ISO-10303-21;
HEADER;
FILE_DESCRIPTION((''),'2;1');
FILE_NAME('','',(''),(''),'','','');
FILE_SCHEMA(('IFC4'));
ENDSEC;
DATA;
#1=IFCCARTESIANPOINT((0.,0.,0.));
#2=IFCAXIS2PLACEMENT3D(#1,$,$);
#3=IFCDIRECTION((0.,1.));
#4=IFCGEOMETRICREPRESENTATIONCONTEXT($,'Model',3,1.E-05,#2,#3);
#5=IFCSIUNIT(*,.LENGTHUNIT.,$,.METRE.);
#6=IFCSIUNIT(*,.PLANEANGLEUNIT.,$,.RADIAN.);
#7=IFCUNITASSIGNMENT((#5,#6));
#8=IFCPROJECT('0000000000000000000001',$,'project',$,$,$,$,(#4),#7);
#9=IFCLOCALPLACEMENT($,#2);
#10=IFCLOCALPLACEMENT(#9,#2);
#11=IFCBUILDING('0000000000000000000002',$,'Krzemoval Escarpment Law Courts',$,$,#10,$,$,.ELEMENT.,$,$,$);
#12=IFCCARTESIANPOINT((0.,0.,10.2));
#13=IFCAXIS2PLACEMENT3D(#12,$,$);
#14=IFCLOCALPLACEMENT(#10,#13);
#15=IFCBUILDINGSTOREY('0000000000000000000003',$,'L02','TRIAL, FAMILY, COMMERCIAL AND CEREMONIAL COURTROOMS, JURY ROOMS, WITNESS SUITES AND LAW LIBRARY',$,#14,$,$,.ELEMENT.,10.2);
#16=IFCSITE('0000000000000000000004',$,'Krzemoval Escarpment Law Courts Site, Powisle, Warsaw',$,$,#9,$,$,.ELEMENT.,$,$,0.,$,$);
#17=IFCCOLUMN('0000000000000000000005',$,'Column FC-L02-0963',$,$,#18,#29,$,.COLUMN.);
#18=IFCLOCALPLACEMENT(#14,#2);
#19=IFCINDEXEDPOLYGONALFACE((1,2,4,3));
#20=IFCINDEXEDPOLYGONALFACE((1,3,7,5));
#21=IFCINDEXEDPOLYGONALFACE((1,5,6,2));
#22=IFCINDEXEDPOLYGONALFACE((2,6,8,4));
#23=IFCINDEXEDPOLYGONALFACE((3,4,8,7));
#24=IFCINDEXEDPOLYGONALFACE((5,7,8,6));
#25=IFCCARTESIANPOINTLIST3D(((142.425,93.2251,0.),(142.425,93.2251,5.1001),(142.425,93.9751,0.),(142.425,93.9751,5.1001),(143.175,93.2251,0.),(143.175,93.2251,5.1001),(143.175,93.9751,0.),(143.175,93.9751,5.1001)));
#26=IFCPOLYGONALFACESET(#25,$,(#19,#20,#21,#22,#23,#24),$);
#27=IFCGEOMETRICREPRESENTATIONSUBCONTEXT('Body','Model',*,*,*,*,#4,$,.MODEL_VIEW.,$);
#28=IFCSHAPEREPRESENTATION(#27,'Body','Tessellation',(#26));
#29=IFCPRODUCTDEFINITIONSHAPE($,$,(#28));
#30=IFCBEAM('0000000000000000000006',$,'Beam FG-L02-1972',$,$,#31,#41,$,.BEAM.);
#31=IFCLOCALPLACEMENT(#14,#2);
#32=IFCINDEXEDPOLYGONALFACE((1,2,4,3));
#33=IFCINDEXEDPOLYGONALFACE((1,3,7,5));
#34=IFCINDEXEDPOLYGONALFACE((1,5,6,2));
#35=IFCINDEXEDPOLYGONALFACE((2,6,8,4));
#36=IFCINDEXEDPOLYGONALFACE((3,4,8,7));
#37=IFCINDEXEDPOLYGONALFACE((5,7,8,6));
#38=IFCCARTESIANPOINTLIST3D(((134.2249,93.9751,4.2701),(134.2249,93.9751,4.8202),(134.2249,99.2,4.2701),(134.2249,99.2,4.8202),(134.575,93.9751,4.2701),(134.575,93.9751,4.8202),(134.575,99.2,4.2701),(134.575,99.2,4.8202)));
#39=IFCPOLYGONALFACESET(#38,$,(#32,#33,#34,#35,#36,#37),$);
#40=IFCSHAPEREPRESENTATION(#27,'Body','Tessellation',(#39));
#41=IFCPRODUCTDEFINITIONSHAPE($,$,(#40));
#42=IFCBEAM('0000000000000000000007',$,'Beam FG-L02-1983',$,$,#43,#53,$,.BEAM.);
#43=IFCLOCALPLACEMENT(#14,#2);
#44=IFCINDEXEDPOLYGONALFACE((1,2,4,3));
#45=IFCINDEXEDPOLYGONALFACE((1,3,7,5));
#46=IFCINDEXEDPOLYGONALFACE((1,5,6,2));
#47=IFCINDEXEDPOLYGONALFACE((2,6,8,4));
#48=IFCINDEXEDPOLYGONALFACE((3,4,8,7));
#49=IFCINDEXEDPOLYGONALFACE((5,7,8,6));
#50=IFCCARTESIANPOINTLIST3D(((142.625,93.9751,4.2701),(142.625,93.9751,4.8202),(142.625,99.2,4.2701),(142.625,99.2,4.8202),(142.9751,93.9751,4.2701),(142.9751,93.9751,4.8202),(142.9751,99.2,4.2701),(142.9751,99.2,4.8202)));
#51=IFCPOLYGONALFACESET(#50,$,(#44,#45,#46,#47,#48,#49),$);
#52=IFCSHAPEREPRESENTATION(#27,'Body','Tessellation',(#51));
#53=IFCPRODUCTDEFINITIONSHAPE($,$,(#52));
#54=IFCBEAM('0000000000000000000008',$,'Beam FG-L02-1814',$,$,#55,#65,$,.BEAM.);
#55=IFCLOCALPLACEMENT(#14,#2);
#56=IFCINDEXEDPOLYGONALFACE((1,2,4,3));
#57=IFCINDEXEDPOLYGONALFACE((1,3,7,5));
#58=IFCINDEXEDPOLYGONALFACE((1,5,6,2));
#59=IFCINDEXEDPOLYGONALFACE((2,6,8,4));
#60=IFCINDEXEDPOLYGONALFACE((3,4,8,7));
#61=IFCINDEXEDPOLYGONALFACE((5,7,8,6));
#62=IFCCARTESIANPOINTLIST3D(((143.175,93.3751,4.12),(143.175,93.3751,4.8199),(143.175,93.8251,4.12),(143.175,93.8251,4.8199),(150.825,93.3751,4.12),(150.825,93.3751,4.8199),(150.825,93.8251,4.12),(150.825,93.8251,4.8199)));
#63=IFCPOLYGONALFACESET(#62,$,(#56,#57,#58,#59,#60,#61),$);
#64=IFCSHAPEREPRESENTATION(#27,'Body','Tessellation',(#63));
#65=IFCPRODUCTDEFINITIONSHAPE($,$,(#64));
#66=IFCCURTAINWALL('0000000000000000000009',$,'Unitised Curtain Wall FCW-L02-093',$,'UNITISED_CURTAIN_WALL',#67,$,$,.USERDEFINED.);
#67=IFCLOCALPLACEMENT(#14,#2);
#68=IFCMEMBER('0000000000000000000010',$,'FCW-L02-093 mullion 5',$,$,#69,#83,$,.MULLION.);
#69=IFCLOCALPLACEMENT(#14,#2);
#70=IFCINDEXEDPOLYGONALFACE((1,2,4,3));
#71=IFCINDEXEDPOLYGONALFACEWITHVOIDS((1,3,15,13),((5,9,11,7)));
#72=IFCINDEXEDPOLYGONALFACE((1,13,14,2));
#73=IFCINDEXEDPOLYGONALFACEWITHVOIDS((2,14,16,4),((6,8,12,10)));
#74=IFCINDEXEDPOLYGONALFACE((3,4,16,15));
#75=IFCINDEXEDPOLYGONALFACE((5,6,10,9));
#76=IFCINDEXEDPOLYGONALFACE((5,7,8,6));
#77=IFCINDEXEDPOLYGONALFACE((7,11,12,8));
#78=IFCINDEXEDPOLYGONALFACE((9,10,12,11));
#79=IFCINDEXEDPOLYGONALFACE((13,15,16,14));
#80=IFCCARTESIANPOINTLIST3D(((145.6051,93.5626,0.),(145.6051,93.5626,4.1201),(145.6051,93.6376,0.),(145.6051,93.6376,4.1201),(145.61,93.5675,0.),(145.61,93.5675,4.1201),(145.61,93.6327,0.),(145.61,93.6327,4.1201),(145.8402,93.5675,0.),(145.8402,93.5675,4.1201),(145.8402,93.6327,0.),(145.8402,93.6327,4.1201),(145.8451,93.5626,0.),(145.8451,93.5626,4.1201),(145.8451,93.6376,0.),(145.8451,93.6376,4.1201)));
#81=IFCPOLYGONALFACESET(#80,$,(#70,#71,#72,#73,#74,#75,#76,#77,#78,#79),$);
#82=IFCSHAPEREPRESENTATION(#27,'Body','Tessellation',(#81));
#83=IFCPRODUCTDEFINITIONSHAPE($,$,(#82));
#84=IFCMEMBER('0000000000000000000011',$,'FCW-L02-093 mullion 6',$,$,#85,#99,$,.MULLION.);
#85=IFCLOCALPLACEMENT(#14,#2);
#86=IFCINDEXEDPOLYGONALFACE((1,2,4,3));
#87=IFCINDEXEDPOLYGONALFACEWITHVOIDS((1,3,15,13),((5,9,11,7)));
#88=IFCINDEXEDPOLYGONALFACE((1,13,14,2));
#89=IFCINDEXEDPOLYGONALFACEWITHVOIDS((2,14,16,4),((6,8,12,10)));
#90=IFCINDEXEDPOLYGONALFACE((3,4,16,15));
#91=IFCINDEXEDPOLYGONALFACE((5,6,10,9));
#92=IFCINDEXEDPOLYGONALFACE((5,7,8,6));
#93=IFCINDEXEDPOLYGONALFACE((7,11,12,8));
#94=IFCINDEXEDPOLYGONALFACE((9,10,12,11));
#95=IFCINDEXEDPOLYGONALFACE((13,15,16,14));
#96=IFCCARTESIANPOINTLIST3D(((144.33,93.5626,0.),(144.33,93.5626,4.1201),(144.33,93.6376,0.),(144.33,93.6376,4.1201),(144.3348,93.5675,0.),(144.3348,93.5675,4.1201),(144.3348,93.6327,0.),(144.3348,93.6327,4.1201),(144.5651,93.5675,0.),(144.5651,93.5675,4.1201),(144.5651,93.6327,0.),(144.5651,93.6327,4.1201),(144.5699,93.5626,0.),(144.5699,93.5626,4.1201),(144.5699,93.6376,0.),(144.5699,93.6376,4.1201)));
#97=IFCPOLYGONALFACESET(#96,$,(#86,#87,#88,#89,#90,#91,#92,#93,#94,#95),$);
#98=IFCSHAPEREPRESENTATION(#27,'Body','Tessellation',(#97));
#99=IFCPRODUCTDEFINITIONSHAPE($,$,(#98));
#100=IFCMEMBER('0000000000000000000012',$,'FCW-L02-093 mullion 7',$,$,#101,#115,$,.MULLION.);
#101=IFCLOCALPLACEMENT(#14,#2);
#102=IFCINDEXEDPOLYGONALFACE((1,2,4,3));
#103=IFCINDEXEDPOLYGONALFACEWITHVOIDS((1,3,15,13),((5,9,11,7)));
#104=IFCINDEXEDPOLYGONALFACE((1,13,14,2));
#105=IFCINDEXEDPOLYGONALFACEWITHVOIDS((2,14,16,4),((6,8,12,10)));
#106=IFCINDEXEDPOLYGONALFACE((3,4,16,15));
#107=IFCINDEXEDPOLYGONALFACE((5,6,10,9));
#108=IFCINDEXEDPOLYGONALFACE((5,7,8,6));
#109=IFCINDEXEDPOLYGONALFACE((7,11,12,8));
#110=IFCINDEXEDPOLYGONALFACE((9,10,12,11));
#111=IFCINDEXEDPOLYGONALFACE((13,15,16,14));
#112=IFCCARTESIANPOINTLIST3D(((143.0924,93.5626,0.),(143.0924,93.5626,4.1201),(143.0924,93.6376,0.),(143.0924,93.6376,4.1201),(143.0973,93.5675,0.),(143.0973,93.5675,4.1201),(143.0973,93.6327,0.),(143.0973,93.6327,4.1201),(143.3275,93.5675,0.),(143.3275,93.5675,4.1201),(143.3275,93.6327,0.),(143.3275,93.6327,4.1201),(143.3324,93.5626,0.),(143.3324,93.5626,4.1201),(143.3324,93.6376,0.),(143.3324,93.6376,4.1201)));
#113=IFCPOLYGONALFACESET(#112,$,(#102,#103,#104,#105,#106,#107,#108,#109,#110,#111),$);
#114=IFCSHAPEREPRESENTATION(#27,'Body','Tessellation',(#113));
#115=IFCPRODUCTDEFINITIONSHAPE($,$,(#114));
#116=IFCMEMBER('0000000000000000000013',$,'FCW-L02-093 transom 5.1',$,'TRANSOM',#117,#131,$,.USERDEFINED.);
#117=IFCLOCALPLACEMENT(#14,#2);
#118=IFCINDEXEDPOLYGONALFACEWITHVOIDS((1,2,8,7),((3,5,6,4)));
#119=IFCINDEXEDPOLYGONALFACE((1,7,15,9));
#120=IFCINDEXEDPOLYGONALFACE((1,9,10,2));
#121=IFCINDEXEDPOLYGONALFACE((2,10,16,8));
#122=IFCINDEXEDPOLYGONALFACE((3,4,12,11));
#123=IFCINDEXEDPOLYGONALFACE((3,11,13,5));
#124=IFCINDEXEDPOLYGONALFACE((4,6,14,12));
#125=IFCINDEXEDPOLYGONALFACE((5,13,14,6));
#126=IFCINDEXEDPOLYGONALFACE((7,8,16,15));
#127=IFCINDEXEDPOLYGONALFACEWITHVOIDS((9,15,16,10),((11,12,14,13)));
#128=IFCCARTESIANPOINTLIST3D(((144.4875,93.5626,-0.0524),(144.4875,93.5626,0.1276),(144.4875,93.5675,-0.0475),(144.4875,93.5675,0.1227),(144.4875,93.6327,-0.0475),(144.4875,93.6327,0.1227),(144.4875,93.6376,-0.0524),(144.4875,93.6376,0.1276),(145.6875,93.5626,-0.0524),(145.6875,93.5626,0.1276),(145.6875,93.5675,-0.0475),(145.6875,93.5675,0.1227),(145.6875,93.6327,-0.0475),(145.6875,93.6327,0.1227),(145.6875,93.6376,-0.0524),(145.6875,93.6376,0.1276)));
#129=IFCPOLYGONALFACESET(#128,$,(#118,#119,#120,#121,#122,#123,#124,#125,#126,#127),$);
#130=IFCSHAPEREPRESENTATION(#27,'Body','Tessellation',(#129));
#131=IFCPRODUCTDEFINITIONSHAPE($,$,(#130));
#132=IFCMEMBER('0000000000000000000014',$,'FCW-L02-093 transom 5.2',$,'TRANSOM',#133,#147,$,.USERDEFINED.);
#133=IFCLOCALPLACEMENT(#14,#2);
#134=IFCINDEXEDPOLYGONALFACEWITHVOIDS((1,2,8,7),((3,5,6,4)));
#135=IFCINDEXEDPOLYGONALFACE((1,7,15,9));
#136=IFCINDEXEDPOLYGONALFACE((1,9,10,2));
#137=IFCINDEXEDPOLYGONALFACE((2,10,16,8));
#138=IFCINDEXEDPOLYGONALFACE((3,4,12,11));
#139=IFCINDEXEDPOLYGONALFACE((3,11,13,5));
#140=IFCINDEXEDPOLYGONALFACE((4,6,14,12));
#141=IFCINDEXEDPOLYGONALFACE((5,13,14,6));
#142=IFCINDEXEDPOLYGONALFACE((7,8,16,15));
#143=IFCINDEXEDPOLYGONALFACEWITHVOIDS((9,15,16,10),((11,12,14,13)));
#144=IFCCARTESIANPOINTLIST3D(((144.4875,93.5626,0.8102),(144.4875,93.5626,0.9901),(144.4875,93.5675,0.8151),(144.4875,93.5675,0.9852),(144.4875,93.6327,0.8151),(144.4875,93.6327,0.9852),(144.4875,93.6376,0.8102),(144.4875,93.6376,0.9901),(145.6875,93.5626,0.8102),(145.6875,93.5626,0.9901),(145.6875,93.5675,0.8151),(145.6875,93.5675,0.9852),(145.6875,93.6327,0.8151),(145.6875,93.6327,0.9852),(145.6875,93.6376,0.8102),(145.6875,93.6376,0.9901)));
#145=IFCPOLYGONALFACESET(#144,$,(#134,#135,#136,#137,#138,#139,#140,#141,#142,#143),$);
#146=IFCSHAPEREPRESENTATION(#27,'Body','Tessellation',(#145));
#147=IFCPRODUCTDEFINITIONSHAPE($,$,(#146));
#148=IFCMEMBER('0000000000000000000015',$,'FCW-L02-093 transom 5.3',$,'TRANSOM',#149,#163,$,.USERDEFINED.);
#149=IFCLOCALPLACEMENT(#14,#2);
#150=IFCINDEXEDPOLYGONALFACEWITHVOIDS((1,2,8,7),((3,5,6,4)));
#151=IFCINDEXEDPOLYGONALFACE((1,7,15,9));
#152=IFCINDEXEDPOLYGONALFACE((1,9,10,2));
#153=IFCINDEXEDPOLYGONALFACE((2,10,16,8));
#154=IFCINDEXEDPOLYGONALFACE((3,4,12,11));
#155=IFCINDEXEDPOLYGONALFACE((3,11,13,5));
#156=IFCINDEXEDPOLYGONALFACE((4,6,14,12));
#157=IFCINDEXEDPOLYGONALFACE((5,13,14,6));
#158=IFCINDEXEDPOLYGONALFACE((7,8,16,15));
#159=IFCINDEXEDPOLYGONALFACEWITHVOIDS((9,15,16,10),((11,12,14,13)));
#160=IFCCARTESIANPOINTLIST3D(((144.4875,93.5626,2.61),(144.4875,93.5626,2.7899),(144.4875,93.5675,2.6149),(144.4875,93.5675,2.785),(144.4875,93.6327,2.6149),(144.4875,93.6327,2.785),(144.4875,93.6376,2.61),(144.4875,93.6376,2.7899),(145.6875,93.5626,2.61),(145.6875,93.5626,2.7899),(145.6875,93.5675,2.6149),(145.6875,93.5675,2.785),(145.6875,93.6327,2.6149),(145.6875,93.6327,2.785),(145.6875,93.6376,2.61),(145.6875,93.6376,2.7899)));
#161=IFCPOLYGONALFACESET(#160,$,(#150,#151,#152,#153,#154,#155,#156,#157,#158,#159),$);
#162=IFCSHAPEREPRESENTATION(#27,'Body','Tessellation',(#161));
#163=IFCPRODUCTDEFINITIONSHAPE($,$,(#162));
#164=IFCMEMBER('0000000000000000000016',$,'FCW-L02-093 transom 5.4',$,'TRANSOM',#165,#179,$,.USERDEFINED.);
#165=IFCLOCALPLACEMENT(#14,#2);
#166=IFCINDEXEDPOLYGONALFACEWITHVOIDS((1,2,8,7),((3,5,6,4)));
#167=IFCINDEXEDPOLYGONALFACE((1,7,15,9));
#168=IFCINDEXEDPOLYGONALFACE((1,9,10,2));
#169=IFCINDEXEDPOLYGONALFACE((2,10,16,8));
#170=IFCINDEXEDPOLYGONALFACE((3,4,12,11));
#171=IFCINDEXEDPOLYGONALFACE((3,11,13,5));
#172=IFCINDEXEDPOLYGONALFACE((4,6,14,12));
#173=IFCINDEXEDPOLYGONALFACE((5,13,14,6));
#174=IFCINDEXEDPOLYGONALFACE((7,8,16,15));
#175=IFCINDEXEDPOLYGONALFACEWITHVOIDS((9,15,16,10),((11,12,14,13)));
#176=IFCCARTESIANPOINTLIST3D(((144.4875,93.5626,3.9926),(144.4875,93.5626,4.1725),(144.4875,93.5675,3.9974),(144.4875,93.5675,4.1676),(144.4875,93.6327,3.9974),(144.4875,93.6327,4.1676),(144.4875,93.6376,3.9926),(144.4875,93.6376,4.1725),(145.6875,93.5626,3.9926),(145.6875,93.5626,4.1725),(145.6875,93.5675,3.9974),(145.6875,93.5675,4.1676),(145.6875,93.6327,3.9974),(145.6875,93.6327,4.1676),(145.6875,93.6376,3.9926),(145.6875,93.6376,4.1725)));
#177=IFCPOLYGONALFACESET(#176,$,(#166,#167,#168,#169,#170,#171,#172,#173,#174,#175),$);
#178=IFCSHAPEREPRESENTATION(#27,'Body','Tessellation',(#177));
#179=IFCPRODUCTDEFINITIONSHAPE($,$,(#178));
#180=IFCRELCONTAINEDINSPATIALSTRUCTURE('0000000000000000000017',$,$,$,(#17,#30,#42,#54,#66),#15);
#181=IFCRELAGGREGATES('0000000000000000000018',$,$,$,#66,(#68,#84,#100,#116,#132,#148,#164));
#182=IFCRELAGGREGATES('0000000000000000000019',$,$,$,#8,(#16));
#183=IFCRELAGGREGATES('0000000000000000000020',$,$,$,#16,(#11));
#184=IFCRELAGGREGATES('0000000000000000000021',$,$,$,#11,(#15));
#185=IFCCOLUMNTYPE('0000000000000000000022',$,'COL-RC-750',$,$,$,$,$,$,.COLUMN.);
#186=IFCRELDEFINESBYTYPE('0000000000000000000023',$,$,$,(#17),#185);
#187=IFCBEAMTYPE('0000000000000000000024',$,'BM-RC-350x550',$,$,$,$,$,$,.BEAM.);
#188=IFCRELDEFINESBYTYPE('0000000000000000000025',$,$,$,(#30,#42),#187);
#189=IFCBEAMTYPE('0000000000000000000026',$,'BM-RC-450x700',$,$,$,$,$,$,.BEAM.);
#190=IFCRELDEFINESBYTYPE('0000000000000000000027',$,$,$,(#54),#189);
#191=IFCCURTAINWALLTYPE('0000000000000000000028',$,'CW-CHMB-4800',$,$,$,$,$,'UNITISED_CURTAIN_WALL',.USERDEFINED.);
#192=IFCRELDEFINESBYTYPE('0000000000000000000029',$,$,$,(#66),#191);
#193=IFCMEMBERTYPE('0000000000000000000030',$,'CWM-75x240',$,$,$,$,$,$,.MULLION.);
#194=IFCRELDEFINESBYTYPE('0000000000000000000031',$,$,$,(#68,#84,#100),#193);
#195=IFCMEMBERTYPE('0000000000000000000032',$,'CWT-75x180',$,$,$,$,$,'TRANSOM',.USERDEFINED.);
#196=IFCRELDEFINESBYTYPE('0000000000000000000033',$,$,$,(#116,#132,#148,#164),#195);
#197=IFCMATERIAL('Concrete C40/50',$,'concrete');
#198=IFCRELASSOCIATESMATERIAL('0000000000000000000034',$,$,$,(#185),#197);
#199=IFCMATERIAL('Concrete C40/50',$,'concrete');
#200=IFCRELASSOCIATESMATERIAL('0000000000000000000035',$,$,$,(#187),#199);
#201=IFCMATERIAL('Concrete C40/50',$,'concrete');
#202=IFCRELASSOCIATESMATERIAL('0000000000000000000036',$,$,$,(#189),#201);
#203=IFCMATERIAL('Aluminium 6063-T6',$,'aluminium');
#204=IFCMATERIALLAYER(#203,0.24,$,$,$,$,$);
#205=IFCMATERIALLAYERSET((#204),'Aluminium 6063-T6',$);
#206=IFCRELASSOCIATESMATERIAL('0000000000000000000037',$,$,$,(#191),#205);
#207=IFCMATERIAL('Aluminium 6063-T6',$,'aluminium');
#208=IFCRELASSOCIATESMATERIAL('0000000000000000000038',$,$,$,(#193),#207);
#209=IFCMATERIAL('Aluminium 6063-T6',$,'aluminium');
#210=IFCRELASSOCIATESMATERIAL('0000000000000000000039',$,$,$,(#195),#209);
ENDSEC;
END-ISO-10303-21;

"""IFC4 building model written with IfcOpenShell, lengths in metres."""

from ifc_helpers import new_model, si_unit, direction, frame, origin, origin_2d, place, context, subcontext, project, spatial, rectangle, hollow_rectangle, extrude, material, layer, layer_set, material_profile, profile_set, type_object, element, aggregate, save


model = new_model("IFC4")

# Units and contexts
model_context = context("Model", 3, precision=1e-05, world=origin(), true_north=direction((0.0, 1.0)))
body_context = subcontext(model_context, "Body", "Model", "MODEL_VIEW")
ifc_project = project(units=[si_unit("LENGTHUNIT", "METRE"), si_unit("PLANEANGLEUNIT", "RADIAN")], contexts=[model_context])

# Site, building, storey
site_placement = place(None, origin())
site = spatial("IfcSite", under=ifc_project, at=site_placement, Name="Krzemoval Escarpment Law Courts Site, Powisle, Warsaw", CompositionType="ELEMENT", RefElevation=0.0)
building_placement = place(site_placement, origin())
building = spatial("IfcBuilding", under=site, at=building_placement, Name="Krzemoval Escarpment Law Courts", CompositionType="ELEMENT")
storey_placement = place(building_placement, frame((0.0, 0.0, 10.2)))
storey = spatial("IfcBuildingStorey", under=building, at=storey_placement, Name="L02", Description="TRIAL, FAMILY, COMMERCIAL AND CEREMONIAL COURTROOMS, JURY ROOMS, WITNESS SUITES AND LAW LIBRARY", CompositionType="ELEMENT", Elevation=10.2)

# Column
ifc_material_1 = material(Name="Concrete C40/50", Category="concrete")
ifc_material_profile_1 = material_profile(ifc_material_1, rectangle(XDim=0.75, YDim=0.75, at=origin_2d()), Name="RC 750x750")
ifc_profile_set_1 = profile_set([ifc_material_profile_1], Name="Concrete C40/50")
column_type = type_object("IfcColumnType", Name="COL-RC-750", PredefinedType="COLUMN", material=ifc_profile_set_1)
column_placement = place(storey_placement, frame((142.8, 93.6001, 0.0), z_axis=(0.0, 0.0, 1.0), x_axis=(1.0, 0.0, 0.0)))
element("IfcColumn", 1, at=column_placement, inside=storey, type_object=column_type, Name="Column FC-L02-0963", PredefinedType="COLUMN", context=body_context, shape_type="SweptSolid", body=[
    extrude(rectangle(XDim=0.75, YDim=0.75, at=origin_2d()), origin(), (0.0, 0.0, 1.0), 5.1001),
])

# Beams
ifc_material_2 = material(Name="Concrete C40/50", Category="concrete")
ifc_material_profile_2 = material_profile(ifc_material_2, rectangle(XDim=0.3501, YDim=0.55, at=origin_2d()), Name="RCB 350x550")
ifc_profile_set_2 = profile_set([ifc_material_profile_2], Name="Concrete C40/50")
beam_type_1 = type_object("IfcBeamType", Name="BM-RC-350x550", PredefinedType="BEAM", material=ifc_profile_set_2)
for number, where, z_axis, x_axis, name in (
    (2, (134.3999, 93.9751, 4.5452), (0.0, 1.0, 0.0), (-1.0, 0.0, 0.0), "Beam FG-L02-1972"),
    (3, (142.8, 93.9751, 4.5452), (0.0, 1.0, 0.0), (-1.0, 0.0, 0.0), "Beam FG-L02-1983"),
):
    element("IfcBeam", number, at=place(storey_placement, frame(where, z_axis=z_axis, x_axis=x_axis)), inside=storey, type_object=beam_type_1, Name=name, PredefinedType="BEAM", context=body_context, shape_type="SweptSolid", body=[
        extrude(rectangle(XDim=0.3501, YDim=0.55, at=origin_2d()), origin(), (0.0, 0.0, 1.0), 5.2249),
    ])
ifc_material_3 = material(Name="Concrete C40/50", Category="concrete")
ifc_material_profile_3 = material_profile(ifc_material_3, rectangle(XDim=0.45, YDim=0.7, at=origin_2d()), Name="RCB 450x700")
ifc_profile_set_3 = profile_set([ifc_material_profile_3], Name="Concrete C40/50")
beam_type_2 = type_object("IfcBeamType", Name="BM-RC-450x700", PredefinedType="BEAM", material=ifc_profile_set_3)
beam_placement = place(storey_placement, frame((143.175, 93.6001, 4.47), z_axis=(1.0, 0.0, 0.0), x_axis=(0.0, 1.0, 0.0)))
element("IfcBeam", 4, at=beam_placement, inside=storey, type_object=beam_type_2, Name="Beam FG-L02-1814", PredefinedType="BEAM", context=body_context, shape_type="SweptSolid", body=[
    extrude(rectangle(XDim=0.45, YDim=0.7, at=origin_2d()), origin(), (0.0, 0.0, 1.0), 7.6499),
])

# Curtain wall, members
ifc_material_4 = material(Name="Aluminium 6063-T6", Category="aluminium")
ifc_layer_1 = layer(ifc_material_4, 0.24)
ifc_layer_set_1 = layer_set([ifc_layer_1], Name="Aluminium 6063-T6")
curtain_wall_type = type_object("IfcCurtainWallType", Name="CW-CHMB-4800", ElementType="UNITISED_CURTAIN_WALL", PredefinedType="USERDEFINED", material=ifc_layer_set_1)
curtain_wall_placement = place(storey_placement, origin())
curtain_wall = element("IfcCurtainWall", 5, at=curtain_wall_placement, inside=storey, type_object=curtain_wall_type, Name="Unitised Curtain Wall FCW-L02-093", ObjectType="UNITISED_CURTAIN_WALL", PredefinedType="USERDEFINED")
ifc_material_5 = material(Name="Aluminium 6063-T6", Category="aluminium")
ifc_material_profile_4 = material_profile(ifc_material_5, hollow_rectangle(XDim=0.075, YDim=0.24, WallThickness=0.0049, at=origin_2d()), Name="ALU M75x240")
ifc_profile_set_4 = profile_set([ifc_material_profile_4], Name="Aluminium 6063-T6")
member_type_1 = type_object("IfcMemberType", Name="CWM-75x240", PredefinedType="MULLION", material=ifc_profile_set_4)
member_1_placement = place(storey_placement, frame((145.7251, 93.6001, 0.0), z_axis=(0.0, 0.0, 1.0), x_axis=(0.0, -1.0, 0.0)))
member_1 = element("IfcMember", 6, at=member_1_placement, type_object=member_type_1, Name="FCW-L02-093 mullion 5", PredefinedType="MULLION", context=body_context, shape_type="SweptSolid", body=[
    extrude(hollow_rectangle(XDim=0.075, YDim=0.24, WallThickness=0.0049, at=origin_2d()), origin(), (0.0, 0.0, 1.0), 4.1201),
])
member_2_placement = place(storey_placement, frame((144.45, 93.6001, 0.0), z_axis=(0.0, 0.0, 1.0), x_axis=(0.0, -1.0, 0.0)))
member_2 = element("IfcMember", 7, at=member_2_placement, type_object=member_type_1, Name="FCW-L02-093 mullion 6", PredefinedType="MULLION", context=body_context, shape_type="SweptSolid", body=[
    extrude(hollow_rectangle(XDim=0.075, YDim=0.24, WallThickness=0.0049, at=origin_2d()), origin(), (0.0, 0.0, 1.0), 4.1201),
])
member_3_placement = place(storey_placement, frame((143.2124, 93.6001, 0.0), z_axis=(0.0, 0.0, 1.0), x_axis=(0.0, -1.0, 0.0)))
member_3 = element("IfcMember", 8, at=member_3_placement, type_object=member_type_1, Name="FCW-L02-093 mullion 7", PredefinedType="MULLION", context=body_context, shape_type="SweptSolid", body=[
    extrude(hollow_rectangle(XDim=0.075, YDim=0.24, WallThickness=0.0049, at=origin_2d()), origin(), (0.0, 0.0, 1.0), 4.1201),
])
ifc_material_6 = material(Name="Aluminium 6063-T6", Category="aluminium")
ifc_material_profile_5 = material_profile(ifc_material_6, hollow_rectangle(XDim=0.075, YDim=0.1799, WallThickness=0.0049, at=origin_2d()), Name="ALU T75x180")
ifc_profile_set_5 = profile_set([ifc_material_profile_5], Name="Aluminium 6063-T6")
member_type_2 = type_object("IfcMemberType", Name="CWT-75x180", ElementType="TRANSOM", PredefinedType="USERDEFINED", material=ifc_profile_set_5)
member_4_placement = place(storey_placement, frame((145.6875, 93.6001, 0.0376), z_axis=(-1.0, 0.0, 0.0), x_axis=(0.0, -1.0, 0.0)))
member_4 = element("IfcMember", 9, at=member_4_placement, type_object=member_type_2, Name="FCW-L02-093 transom 5.1", ObjectType="TRANSOM", PredefinedType="USERDEFINED", context=body_context, shape_type="SweptSolid", body=[
    extrude(hollow_rectangle(XDim=0.075, YDim=0.1799, WallThickness=0.0049, at=origin_2d()), origin(), (0.0, 0.0, 1.0), 1.2),
])
member_5_placement = place(storey_placement, frame((145.6875, 93.6001, 0.9001), z_axis=(-1.0, 0.0, 0.0), x_axis=(0.0, -1.0, 0.0)))
member_5 = element("IfcMember", 10, at=member_5_placement, type_object=member_type_2, Name="FCW-L02-093 transom 5.2", ObjectType="TRANSOM", PredefinedType="USERDEFINED", context=body_context, shape_type="SweptSolid", body=[
    extrude(hollow_rectangle(XDim=0.075, YDim=0.1799, WallThickness=0.0049, at=origin_2d()), origin(), (0.0, 0.0, 1.0), 1.2),
])
member_6_placement = place(storey_placement, frame((145.6875, 93.6001, 2.7), z_axis=(-1.0, 0.0, 0.0), x_axis=(0.0, -1.0, 0.0)))
member_6 = element("IfcMember", 11, at=member_6_placement, type_object=member_type_2, Name="FCW-L02-093 transom 5.3", ObjectType="TRANSOM", PredefinedType="USERDEFINED", context=body_context, shape_type="SweptSolid", body=[
    extrude(hollow_rectangle(XDim=0.075, YDim=0.1799, WallThickness=0.0049, at=origin_2d()), origin(), (0.0, 0.0, 1.0), 1.2),
])
member_7_placement = place(storey_placement, frame((145.6875, 93.6001, 4.0825), z_axis=(-1.0, 0.0, 0.0), x_axis=(0.0, -1.0, 0.0)))
member_7 = element("IfcMember", 12, at=member_7_placement, type_object=member_type_2, Name="FCW-L02-093 transom 5.4", ObjectType="TRANSOM", PredefinedType="USERDEFINED", context=body_context, shape_type="SweptSolid", body=[
    extrude(hollow_rectangle(XDim=0.075, YDim=0.1799, WallThickness=0.0049, at=origin_2d()), origin(), (0.0, 0.0, 1.0), 1.2),
])
aggregate(curtain_wall, [member_1, member_2, member_3, member_4, member_5, member_6, member_7])

save(model, "model.ifc")
